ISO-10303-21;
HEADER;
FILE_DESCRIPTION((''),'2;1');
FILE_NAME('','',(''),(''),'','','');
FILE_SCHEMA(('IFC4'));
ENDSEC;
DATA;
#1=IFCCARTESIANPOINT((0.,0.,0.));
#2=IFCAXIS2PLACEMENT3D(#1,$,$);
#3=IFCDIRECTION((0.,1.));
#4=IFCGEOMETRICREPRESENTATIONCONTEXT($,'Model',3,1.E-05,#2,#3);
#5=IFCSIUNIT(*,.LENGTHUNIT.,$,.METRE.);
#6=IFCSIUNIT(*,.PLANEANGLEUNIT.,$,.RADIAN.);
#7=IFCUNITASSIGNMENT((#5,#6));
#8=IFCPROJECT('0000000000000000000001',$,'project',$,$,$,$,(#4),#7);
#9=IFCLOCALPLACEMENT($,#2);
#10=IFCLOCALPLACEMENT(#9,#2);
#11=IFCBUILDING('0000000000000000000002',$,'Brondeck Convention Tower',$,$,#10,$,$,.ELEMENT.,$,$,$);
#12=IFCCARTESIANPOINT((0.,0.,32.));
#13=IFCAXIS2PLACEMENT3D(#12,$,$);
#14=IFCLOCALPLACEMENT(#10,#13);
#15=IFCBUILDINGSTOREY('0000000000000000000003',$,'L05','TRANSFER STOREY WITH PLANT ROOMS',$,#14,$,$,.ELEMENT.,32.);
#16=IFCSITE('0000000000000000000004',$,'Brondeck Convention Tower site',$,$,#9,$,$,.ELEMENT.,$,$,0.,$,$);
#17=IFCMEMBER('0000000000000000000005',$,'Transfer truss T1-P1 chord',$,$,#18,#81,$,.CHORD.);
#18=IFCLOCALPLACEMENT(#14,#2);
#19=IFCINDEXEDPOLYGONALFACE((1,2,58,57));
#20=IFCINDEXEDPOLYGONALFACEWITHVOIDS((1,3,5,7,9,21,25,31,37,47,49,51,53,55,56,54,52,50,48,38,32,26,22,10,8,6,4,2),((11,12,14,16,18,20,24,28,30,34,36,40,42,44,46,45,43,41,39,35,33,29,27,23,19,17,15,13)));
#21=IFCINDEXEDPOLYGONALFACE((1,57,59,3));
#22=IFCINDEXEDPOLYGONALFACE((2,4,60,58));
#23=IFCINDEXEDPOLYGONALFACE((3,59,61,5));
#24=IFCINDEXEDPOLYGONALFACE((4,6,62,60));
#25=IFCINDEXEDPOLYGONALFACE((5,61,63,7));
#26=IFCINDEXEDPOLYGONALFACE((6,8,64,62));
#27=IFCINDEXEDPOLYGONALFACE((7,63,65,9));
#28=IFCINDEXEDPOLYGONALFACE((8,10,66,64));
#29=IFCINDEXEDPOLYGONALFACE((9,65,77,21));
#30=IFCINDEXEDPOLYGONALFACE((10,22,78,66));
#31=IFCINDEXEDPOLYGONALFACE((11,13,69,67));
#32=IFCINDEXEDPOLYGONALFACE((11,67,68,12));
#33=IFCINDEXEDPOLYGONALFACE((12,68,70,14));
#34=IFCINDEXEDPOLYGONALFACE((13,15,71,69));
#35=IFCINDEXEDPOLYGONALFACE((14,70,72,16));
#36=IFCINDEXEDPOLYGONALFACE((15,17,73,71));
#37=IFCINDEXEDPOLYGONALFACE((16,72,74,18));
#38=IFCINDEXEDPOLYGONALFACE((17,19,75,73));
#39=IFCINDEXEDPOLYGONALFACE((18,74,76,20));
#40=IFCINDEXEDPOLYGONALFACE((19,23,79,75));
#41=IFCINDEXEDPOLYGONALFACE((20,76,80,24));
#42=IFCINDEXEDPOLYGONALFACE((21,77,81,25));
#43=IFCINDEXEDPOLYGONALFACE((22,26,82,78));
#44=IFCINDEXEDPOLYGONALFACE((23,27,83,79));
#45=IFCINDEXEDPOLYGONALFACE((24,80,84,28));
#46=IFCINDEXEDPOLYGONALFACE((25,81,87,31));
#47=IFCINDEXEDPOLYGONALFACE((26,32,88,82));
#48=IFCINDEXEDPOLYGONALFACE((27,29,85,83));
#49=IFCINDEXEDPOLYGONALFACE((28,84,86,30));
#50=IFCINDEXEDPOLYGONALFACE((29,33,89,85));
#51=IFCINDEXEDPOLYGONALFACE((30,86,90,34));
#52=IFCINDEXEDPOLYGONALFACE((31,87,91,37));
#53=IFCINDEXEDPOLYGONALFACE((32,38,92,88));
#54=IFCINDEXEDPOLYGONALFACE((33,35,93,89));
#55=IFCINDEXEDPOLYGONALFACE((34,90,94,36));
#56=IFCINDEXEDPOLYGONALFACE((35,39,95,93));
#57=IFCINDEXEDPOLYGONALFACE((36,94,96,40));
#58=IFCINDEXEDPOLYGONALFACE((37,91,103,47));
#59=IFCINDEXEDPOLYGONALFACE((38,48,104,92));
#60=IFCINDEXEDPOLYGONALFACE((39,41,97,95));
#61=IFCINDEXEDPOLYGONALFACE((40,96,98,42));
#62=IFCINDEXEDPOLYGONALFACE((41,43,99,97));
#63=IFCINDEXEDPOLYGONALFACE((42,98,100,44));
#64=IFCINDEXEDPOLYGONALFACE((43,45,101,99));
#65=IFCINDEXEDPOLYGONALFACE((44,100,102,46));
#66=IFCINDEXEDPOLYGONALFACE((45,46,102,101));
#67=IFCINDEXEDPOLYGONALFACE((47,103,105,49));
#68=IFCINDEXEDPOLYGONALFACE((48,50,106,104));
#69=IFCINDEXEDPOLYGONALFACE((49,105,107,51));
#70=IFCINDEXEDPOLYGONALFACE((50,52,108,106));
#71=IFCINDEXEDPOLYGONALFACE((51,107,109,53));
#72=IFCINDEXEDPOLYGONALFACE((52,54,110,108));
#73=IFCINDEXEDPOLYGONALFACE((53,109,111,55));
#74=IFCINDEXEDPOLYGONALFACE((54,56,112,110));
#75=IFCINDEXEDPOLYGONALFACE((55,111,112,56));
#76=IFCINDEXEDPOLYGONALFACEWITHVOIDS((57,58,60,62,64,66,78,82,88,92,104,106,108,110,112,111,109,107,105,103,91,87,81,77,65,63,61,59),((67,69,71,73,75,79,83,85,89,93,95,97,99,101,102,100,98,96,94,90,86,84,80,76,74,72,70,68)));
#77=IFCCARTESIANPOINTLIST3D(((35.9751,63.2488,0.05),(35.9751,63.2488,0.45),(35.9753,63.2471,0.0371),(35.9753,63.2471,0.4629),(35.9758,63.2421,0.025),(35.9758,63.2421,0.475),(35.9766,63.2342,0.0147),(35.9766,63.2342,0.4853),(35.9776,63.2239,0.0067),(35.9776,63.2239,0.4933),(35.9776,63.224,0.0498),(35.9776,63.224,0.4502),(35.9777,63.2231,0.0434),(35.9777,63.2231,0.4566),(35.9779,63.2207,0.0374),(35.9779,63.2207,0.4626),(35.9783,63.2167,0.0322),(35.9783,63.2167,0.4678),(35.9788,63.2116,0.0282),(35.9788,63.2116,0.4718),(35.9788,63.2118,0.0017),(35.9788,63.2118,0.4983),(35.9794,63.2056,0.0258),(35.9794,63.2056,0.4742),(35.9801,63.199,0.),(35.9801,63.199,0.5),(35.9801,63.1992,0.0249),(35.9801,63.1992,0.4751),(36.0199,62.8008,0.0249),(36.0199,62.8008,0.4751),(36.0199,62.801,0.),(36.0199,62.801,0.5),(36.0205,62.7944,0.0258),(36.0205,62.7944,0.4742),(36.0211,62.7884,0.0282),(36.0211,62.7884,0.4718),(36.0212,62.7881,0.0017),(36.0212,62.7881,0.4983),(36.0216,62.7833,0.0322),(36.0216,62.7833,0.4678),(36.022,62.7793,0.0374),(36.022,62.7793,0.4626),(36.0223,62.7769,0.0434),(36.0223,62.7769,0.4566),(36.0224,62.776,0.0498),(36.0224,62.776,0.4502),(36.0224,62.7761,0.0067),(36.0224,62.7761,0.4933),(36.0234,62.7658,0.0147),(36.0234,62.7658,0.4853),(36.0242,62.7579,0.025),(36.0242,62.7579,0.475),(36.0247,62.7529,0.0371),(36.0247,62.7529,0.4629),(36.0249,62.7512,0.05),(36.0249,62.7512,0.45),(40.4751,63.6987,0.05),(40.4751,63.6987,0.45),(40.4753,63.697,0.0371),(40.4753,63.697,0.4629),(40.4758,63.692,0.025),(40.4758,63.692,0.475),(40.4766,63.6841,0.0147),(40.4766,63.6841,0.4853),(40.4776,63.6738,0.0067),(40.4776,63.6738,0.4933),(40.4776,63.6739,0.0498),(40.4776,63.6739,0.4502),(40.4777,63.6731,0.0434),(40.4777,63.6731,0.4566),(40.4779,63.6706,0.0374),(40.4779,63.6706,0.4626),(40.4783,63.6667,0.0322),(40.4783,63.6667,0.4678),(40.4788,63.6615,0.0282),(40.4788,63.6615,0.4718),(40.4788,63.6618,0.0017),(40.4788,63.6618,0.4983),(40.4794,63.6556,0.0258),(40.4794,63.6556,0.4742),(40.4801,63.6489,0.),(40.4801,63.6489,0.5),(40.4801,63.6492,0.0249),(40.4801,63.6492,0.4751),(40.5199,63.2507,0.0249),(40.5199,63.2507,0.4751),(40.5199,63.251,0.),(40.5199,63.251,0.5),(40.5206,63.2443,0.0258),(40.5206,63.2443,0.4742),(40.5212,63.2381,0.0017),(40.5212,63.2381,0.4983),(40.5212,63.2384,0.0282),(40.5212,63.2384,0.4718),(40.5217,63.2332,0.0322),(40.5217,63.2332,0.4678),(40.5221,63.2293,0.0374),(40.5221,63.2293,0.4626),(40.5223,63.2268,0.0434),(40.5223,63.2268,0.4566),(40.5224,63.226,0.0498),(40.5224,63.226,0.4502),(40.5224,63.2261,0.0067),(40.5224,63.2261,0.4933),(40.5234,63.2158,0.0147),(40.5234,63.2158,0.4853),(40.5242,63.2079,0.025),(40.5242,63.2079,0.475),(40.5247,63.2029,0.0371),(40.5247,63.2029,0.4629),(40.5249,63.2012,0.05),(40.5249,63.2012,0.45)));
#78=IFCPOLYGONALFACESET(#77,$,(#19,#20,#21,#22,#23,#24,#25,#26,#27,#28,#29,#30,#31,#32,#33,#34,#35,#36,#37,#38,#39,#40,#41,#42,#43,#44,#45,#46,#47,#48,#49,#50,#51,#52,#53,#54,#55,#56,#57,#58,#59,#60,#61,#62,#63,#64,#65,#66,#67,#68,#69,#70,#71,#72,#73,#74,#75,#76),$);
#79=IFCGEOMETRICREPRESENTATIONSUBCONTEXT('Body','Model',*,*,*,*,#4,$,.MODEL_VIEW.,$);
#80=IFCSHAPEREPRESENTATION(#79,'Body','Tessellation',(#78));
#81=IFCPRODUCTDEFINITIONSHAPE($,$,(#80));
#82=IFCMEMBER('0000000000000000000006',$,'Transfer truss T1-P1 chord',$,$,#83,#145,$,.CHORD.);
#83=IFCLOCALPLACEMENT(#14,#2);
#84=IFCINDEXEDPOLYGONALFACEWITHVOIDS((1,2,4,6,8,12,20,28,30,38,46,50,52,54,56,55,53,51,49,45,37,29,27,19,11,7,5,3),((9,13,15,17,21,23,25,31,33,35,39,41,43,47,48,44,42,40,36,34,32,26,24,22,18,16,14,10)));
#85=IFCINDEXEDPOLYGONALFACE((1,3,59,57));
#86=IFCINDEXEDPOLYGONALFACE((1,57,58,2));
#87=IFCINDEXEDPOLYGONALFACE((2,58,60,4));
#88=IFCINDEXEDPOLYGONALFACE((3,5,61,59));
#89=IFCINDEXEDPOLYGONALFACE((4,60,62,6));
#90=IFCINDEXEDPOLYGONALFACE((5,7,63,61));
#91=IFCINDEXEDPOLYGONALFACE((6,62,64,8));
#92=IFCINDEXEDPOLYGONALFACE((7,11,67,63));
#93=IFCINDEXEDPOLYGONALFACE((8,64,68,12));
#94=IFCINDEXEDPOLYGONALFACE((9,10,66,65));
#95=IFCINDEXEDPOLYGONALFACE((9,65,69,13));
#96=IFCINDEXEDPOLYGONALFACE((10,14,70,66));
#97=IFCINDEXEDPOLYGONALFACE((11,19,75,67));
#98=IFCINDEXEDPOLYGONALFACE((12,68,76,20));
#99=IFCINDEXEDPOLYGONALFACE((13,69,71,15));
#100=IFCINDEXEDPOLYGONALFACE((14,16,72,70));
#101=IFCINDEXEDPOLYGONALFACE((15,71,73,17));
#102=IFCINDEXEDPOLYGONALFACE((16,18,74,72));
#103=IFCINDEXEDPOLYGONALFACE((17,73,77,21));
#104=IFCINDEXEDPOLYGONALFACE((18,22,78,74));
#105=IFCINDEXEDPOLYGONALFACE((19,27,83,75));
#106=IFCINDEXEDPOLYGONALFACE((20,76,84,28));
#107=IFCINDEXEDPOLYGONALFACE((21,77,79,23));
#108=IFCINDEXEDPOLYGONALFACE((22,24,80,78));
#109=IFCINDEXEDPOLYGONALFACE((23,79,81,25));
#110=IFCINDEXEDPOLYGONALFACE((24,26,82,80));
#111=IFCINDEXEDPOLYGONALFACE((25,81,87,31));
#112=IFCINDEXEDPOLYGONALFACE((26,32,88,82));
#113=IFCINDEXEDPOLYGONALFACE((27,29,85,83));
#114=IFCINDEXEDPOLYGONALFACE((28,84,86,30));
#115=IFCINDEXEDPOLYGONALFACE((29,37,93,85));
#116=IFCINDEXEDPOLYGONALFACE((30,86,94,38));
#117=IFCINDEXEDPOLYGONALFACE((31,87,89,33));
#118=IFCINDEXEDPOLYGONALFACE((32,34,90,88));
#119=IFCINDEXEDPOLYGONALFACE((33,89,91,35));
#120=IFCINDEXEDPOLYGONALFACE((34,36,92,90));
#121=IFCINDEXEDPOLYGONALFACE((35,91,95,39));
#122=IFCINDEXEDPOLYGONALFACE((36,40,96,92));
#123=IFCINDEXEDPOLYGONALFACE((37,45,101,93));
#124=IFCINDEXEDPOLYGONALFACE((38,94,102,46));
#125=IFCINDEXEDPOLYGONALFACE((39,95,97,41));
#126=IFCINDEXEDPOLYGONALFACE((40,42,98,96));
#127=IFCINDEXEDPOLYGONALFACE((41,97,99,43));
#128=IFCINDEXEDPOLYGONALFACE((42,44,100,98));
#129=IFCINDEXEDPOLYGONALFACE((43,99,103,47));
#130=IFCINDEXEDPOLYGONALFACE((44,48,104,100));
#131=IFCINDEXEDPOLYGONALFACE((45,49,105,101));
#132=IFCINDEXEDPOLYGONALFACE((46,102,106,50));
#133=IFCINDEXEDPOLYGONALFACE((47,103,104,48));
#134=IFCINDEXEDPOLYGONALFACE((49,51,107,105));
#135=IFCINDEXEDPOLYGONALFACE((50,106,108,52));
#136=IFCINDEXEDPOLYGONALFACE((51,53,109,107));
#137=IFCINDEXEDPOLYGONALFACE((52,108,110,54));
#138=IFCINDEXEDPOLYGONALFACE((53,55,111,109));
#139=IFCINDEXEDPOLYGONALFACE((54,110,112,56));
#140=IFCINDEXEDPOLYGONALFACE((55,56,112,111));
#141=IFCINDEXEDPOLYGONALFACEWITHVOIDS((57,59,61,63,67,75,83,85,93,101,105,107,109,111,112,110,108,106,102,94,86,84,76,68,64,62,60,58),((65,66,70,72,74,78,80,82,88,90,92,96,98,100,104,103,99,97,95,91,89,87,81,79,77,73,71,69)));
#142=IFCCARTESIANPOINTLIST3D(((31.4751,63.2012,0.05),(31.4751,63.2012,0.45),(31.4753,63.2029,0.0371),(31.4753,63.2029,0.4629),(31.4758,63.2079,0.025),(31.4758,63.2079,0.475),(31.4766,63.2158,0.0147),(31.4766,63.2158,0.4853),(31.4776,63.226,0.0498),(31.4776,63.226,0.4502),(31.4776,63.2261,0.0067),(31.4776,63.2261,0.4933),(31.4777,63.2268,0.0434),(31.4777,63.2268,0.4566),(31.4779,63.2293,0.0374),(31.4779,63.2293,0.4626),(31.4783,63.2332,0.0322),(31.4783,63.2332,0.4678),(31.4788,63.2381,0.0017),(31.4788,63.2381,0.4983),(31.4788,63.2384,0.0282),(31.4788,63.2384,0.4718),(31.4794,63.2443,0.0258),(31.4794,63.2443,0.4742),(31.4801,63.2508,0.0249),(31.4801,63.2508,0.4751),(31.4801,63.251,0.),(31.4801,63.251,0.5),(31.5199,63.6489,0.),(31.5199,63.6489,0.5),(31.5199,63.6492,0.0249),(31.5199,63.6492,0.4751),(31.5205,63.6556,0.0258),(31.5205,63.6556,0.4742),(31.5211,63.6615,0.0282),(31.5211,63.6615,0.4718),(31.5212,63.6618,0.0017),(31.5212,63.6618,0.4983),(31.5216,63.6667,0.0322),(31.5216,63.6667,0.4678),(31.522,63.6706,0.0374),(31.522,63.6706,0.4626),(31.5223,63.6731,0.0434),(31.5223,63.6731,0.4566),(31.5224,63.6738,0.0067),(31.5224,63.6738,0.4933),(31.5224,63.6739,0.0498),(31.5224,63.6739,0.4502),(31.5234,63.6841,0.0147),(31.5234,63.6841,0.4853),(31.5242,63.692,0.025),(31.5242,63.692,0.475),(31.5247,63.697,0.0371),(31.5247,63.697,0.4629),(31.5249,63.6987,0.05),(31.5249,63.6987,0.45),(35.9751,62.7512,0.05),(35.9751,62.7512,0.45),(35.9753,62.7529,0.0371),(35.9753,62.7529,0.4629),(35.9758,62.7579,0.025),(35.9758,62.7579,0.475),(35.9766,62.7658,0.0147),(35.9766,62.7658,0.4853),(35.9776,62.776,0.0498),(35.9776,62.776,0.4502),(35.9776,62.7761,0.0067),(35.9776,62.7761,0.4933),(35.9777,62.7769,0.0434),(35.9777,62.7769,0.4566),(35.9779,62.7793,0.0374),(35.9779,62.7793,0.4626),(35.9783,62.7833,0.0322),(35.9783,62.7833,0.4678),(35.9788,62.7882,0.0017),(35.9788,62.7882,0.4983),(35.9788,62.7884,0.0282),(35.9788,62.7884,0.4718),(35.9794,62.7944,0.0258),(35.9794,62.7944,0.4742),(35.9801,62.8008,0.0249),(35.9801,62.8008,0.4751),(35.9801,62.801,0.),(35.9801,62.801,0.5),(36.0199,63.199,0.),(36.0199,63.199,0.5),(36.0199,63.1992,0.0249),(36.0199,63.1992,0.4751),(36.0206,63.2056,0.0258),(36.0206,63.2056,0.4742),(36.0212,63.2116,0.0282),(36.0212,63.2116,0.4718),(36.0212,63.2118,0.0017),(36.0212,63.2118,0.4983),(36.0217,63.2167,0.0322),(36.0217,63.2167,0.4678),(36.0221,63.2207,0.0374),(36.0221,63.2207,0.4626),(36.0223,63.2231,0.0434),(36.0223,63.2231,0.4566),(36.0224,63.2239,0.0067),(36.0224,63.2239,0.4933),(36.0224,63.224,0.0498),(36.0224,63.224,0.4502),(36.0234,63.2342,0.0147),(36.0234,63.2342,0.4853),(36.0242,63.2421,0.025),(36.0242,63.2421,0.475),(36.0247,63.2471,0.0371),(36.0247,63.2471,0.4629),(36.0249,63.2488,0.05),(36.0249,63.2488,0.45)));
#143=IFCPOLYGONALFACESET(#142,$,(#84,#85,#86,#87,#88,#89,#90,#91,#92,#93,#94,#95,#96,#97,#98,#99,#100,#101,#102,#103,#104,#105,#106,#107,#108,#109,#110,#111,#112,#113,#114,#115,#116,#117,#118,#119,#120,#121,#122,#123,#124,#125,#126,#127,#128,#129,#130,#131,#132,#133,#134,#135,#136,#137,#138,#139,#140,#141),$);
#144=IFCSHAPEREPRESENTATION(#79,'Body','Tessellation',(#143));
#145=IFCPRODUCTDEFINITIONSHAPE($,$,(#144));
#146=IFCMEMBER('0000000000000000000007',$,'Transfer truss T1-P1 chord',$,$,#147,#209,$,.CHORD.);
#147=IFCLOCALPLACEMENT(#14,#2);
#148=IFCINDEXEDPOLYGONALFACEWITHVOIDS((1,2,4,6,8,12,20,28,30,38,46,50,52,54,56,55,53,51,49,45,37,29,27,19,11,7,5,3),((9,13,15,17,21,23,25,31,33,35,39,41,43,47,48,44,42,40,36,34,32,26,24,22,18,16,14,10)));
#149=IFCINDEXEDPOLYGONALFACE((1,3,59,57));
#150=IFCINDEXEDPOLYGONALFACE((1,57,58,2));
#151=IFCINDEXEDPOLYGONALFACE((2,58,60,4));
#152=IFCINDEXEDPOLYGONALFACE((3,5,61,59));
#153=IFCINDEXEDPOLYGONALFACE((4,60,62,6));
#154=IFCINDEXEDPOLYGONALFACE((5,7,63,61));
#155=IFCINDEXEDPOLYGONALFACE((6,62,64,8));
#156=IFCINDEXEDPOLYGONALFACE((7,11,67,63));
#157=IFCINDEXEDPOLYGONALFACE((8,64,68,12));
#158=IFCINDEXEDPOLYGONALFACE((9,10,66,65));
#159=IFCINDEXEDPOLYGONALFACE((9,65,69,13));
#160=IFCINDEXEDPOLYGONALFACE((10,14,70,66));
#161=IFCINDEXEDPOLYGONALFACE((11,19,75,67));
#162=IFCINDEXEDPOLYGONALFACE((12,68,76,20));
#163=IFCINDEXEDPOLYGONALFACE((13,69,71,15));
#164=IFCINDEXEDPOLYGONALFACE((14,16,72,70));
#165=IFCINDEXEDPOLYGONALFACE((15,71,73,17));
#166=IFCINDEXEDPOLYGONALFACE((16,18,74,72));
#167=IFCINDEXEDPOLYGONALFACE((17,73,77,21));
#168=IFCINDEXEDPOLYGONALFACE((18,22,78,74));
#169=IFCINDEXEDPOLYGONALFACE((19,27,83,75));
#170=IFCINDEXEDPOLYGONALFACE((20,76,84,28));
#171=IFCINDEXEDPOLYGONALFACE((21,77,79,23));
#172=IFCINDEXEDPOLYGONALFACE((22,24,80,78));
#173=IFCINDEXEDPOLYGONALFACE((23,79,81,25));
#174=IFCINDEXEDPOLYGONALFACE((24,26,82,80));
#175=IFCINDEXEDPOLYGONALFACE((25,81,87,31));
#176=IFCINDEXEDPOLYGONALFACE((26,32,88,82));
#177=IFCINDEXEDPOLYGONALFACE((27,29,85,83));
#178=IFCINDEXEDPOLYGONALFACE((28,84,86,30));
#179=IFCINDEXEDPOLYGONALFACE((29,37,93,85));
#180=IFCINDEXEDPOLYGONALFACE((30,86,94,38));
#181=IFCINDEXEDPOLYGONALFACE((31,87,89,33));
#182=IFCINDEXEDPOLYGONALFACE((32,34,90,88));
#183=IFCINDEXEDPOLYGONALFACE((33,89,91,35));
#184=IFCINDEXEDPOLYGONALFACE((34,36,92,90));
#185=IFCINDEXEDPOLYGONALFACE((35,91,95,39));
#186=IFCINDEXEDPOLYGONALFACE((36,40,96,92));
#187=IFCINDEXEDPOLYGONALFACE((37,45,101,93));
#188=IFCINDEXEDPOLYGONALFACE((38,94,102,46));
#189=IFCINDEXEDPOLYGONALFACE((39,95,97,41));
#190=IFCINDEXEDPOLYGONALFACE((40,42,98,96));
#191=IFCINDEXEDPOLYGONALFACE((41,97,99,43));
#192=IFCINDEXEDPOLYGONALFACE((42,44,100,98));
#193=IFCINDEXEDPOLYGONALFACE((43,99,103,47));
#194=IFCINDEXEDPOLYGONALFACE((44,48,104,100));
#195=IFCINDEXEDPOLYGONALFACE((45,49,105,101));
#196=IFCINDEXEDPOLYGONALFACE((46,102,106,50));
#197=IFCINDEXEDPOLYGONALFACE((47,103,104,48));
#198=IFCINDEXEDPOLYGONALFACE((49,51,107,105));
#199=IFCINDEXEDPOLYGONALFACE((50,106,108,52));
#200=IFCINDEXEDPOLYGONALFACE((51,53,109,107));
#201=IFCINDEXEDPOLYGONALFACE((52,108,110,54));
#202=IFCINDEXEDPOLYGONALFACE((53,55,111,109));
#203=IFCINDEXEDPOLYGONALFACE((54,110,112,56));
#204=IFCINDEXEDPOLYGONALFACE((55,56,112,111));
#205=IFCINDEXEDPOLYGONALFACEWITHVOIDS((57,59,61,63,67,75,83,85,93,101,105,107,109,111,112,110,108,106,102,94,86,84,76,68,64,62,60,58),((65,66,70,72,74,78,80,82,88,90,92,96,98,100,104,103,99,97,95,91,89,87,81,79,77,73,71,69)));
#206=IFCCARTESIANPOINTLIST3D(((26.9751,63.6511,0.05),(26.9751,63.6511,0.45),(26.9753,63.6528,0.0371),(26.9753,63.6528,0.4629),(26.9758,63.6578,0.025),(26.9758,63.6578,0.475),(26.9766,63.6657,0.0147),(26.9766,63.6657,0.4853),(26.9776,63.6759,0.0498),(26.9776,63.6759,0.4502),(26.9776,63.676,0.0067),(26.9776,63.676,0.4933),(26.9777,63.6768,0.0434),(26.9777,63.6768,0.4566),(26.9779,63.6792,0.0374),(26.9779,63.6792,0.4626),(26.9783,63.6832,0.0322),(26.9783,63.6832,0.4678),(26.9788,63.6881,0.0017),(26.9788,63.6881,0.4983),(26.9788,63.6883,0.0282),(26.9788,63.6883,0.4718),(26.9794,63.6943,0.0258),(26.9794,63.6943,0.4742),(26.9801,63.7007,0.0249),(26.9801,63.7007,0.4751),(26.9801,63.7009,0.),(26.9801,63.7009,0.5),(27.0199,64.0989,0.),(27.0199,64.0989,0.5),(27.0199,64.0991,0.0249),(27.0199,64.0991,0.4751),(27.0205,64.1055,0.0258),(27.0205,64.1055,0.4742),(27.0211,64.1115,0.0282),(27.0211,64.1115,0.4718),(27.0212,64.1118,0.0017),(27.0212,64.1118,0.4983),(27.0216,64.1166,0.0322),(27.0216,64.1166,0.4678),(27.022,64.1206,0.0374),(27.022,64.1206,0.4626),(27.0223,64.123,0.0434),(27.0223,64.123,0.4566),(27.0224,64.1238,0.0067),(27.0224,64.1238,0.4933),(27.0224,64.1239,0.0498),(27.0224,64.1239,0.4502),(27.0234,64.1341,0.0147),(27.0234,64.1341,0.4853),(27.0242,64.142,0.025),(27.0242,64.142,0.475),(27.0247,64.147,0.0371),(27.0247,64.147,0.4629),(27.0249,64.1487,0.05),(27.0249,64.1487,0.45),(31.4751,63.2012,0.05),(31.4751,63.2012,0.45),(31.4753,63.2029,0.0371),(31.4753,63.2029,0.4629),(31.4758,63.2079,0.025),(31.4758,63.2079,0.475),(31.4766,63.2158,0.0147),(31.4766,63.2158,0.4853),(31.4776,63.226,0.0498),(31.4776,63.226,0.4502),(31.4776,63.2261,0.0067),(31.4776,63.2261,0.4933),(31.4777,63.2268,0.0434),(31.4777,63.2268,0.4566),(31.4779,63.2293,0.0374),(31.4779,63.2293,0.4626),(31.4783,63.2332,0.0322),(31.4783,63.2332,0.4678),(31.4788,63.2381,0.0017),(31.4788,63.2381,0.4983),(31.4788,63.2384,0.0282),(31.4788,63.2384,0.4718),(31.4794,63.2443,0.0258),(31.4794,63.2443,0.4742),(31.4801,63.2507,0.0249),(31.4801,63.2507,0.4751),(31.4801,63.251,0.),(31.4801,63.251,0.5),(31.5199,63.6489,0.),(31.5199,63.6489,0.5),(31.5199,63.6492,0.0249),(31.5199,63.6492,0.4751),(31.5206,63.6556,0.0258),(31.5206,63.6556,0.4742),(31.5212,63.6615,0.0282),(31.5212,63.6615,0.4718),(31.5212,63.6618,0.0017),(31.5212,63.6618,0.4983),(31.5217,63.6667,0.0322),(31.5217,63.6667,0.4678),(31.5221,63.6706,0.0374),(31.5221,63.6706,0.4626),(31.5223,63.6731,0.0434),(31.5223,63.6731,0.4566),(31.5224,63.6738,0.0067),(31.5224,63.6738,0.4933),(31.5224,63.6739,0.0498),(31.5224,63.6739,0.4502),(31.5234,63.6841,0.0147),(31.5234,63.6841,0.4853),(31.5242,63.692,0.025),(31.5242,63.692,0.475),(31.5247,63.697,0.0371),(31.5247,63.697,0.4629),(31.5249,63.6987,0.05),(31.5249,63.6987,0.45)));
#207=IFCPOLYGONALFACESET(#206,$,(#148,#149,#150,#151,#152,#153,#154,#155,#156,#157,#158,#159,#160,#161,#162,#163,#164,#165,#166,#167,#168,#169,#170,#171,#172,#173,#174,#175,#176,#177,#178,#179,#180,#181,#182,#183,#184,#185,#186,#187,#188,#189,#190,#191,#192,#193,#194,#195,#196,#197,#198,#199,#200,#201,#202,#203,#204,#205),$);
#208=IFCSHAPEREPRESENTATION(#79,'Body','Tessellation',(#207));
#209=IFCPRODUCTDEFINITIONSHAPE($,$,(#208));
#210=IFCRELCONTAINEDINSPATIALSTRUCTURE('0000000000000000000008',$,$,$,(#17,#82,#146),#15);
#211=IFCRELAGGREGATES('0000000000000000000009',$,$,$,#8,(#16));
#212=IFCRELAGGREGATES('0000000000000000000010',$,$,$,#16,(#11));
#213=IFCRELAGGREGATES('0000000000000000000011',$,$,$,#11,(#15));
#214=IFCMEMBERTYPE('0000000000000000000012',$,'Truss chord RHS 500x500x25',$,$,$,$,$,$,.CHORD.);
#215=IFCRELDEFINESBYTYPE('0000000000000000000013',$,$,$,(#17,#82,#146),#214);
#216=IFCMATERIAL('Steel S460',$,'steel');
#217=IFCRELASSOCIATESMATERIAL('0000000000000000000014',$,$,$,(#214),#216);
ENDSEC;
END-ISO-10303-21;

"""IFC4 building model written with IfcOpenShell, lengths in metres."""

from ifc_helpers import new_model, si_unit, direction, frame, origin, origin_2d, place, context, subcontext, project, spatial, hollow_rectangle, extrude, material, material_profile, profile_set, type_object, element, save


model = new_model("IFC4")

# Units and contexts
model_context = context("Model", 3, precision=1e-05, world=origin(), true_north=direction((0.0, 1.0)))
body_context = subcontext(model_context, "Body", "Model", "MODEL_VIEW")
ifc_project = project(units=[si_unit("LENGTHUNIT", "METRE"), si_unit("PLANEANGLEUNIT", "RADIAN")], contexts=[model_context])

# Site, building, storey
site_placement = place(None, origin())
site = spatial("IfcSite", under=ifc_project, at=site_placement, Name="Brondeck Convention Tower site", CompositionType="ELEMENT", RefElevation=0.0)
building_placement = place(site_placement, origin())
building = spatial("IfcBuilding", under=site, at=building_placement, Name="Brondeck Convention Tower", CompositionType="ELEMENT")
storey_placement = place(building_placement, frame((0.0, 0.0, 32.0)))
storey = spatial("IfcBuildingStorey", under=building, at=storey_placement, Name="L05", Description="TRANSFER STOREY WITH PLANT ROOMS", CompositionType="ELEMENT", Elevation=32.0)

# Shared definitions
ifc_material_1 = material(Name="Steel S460", Category="steel")

# Members
ifc_material_profile_1 = material_profile(ifc_material_1, hollow_rectangle(XDim=0.5, YDim=0.5, WallThickness=0.0249, InnerFilletRadius=0.0249, OuterFilletRadius=0.05, at=origin_2d()), Name="RHS 500x500x25")
ifc_profile_set_1 = profile_set([ifc_material_profile_1], Name="Steel S460")
member_type_1 = type_object("IfcMemberType", Name="Truss chord RHS 500x500x25", PredefinedType="CHORD", material=ifc_profile_set_1)
for number, where, z_axis, x_axis, name in (
    (1, (40.5, 63.45, 0.25), (-0.995038, -0.099493, 0.0), (0.099493, -0.995038, 0.0), "Transfer truss T1-P1 chord"),
    (2, (36.0, 63.0, 0.25), (-0.995038, 0.099493, 0.0), (-0.099493, -0.995038, 0.0), "Transfer truss T1-P1 chord"),
    (3, (31.5, 63.45, 0.25), (-0.995038, 0.099493, 0.0), (-0.099493, -0.995038, 0.0), "Transfer truss T1-P1 chord"),
):
    element("IfcMember", number, at=place(storey_placement, frame(where, z_axis=z_axis, x_axis=x_axis)), inside=storey, type_object=member_type_1, Name=name, PredefinedType="CHORD", context=body_context, shape_type="SweptSolid", body=[
        extrude(hollow_rectangle(XDim=0.5, YDim=0.5, WallThickness=0.0249, InnerFilletRadius=0.0249, OuterFilletRadius=0.05, at=origin_2d()), origin(), (0.0, 0.0, 1.0), 4.5225),
    ])

save(model, "model.ifc")
